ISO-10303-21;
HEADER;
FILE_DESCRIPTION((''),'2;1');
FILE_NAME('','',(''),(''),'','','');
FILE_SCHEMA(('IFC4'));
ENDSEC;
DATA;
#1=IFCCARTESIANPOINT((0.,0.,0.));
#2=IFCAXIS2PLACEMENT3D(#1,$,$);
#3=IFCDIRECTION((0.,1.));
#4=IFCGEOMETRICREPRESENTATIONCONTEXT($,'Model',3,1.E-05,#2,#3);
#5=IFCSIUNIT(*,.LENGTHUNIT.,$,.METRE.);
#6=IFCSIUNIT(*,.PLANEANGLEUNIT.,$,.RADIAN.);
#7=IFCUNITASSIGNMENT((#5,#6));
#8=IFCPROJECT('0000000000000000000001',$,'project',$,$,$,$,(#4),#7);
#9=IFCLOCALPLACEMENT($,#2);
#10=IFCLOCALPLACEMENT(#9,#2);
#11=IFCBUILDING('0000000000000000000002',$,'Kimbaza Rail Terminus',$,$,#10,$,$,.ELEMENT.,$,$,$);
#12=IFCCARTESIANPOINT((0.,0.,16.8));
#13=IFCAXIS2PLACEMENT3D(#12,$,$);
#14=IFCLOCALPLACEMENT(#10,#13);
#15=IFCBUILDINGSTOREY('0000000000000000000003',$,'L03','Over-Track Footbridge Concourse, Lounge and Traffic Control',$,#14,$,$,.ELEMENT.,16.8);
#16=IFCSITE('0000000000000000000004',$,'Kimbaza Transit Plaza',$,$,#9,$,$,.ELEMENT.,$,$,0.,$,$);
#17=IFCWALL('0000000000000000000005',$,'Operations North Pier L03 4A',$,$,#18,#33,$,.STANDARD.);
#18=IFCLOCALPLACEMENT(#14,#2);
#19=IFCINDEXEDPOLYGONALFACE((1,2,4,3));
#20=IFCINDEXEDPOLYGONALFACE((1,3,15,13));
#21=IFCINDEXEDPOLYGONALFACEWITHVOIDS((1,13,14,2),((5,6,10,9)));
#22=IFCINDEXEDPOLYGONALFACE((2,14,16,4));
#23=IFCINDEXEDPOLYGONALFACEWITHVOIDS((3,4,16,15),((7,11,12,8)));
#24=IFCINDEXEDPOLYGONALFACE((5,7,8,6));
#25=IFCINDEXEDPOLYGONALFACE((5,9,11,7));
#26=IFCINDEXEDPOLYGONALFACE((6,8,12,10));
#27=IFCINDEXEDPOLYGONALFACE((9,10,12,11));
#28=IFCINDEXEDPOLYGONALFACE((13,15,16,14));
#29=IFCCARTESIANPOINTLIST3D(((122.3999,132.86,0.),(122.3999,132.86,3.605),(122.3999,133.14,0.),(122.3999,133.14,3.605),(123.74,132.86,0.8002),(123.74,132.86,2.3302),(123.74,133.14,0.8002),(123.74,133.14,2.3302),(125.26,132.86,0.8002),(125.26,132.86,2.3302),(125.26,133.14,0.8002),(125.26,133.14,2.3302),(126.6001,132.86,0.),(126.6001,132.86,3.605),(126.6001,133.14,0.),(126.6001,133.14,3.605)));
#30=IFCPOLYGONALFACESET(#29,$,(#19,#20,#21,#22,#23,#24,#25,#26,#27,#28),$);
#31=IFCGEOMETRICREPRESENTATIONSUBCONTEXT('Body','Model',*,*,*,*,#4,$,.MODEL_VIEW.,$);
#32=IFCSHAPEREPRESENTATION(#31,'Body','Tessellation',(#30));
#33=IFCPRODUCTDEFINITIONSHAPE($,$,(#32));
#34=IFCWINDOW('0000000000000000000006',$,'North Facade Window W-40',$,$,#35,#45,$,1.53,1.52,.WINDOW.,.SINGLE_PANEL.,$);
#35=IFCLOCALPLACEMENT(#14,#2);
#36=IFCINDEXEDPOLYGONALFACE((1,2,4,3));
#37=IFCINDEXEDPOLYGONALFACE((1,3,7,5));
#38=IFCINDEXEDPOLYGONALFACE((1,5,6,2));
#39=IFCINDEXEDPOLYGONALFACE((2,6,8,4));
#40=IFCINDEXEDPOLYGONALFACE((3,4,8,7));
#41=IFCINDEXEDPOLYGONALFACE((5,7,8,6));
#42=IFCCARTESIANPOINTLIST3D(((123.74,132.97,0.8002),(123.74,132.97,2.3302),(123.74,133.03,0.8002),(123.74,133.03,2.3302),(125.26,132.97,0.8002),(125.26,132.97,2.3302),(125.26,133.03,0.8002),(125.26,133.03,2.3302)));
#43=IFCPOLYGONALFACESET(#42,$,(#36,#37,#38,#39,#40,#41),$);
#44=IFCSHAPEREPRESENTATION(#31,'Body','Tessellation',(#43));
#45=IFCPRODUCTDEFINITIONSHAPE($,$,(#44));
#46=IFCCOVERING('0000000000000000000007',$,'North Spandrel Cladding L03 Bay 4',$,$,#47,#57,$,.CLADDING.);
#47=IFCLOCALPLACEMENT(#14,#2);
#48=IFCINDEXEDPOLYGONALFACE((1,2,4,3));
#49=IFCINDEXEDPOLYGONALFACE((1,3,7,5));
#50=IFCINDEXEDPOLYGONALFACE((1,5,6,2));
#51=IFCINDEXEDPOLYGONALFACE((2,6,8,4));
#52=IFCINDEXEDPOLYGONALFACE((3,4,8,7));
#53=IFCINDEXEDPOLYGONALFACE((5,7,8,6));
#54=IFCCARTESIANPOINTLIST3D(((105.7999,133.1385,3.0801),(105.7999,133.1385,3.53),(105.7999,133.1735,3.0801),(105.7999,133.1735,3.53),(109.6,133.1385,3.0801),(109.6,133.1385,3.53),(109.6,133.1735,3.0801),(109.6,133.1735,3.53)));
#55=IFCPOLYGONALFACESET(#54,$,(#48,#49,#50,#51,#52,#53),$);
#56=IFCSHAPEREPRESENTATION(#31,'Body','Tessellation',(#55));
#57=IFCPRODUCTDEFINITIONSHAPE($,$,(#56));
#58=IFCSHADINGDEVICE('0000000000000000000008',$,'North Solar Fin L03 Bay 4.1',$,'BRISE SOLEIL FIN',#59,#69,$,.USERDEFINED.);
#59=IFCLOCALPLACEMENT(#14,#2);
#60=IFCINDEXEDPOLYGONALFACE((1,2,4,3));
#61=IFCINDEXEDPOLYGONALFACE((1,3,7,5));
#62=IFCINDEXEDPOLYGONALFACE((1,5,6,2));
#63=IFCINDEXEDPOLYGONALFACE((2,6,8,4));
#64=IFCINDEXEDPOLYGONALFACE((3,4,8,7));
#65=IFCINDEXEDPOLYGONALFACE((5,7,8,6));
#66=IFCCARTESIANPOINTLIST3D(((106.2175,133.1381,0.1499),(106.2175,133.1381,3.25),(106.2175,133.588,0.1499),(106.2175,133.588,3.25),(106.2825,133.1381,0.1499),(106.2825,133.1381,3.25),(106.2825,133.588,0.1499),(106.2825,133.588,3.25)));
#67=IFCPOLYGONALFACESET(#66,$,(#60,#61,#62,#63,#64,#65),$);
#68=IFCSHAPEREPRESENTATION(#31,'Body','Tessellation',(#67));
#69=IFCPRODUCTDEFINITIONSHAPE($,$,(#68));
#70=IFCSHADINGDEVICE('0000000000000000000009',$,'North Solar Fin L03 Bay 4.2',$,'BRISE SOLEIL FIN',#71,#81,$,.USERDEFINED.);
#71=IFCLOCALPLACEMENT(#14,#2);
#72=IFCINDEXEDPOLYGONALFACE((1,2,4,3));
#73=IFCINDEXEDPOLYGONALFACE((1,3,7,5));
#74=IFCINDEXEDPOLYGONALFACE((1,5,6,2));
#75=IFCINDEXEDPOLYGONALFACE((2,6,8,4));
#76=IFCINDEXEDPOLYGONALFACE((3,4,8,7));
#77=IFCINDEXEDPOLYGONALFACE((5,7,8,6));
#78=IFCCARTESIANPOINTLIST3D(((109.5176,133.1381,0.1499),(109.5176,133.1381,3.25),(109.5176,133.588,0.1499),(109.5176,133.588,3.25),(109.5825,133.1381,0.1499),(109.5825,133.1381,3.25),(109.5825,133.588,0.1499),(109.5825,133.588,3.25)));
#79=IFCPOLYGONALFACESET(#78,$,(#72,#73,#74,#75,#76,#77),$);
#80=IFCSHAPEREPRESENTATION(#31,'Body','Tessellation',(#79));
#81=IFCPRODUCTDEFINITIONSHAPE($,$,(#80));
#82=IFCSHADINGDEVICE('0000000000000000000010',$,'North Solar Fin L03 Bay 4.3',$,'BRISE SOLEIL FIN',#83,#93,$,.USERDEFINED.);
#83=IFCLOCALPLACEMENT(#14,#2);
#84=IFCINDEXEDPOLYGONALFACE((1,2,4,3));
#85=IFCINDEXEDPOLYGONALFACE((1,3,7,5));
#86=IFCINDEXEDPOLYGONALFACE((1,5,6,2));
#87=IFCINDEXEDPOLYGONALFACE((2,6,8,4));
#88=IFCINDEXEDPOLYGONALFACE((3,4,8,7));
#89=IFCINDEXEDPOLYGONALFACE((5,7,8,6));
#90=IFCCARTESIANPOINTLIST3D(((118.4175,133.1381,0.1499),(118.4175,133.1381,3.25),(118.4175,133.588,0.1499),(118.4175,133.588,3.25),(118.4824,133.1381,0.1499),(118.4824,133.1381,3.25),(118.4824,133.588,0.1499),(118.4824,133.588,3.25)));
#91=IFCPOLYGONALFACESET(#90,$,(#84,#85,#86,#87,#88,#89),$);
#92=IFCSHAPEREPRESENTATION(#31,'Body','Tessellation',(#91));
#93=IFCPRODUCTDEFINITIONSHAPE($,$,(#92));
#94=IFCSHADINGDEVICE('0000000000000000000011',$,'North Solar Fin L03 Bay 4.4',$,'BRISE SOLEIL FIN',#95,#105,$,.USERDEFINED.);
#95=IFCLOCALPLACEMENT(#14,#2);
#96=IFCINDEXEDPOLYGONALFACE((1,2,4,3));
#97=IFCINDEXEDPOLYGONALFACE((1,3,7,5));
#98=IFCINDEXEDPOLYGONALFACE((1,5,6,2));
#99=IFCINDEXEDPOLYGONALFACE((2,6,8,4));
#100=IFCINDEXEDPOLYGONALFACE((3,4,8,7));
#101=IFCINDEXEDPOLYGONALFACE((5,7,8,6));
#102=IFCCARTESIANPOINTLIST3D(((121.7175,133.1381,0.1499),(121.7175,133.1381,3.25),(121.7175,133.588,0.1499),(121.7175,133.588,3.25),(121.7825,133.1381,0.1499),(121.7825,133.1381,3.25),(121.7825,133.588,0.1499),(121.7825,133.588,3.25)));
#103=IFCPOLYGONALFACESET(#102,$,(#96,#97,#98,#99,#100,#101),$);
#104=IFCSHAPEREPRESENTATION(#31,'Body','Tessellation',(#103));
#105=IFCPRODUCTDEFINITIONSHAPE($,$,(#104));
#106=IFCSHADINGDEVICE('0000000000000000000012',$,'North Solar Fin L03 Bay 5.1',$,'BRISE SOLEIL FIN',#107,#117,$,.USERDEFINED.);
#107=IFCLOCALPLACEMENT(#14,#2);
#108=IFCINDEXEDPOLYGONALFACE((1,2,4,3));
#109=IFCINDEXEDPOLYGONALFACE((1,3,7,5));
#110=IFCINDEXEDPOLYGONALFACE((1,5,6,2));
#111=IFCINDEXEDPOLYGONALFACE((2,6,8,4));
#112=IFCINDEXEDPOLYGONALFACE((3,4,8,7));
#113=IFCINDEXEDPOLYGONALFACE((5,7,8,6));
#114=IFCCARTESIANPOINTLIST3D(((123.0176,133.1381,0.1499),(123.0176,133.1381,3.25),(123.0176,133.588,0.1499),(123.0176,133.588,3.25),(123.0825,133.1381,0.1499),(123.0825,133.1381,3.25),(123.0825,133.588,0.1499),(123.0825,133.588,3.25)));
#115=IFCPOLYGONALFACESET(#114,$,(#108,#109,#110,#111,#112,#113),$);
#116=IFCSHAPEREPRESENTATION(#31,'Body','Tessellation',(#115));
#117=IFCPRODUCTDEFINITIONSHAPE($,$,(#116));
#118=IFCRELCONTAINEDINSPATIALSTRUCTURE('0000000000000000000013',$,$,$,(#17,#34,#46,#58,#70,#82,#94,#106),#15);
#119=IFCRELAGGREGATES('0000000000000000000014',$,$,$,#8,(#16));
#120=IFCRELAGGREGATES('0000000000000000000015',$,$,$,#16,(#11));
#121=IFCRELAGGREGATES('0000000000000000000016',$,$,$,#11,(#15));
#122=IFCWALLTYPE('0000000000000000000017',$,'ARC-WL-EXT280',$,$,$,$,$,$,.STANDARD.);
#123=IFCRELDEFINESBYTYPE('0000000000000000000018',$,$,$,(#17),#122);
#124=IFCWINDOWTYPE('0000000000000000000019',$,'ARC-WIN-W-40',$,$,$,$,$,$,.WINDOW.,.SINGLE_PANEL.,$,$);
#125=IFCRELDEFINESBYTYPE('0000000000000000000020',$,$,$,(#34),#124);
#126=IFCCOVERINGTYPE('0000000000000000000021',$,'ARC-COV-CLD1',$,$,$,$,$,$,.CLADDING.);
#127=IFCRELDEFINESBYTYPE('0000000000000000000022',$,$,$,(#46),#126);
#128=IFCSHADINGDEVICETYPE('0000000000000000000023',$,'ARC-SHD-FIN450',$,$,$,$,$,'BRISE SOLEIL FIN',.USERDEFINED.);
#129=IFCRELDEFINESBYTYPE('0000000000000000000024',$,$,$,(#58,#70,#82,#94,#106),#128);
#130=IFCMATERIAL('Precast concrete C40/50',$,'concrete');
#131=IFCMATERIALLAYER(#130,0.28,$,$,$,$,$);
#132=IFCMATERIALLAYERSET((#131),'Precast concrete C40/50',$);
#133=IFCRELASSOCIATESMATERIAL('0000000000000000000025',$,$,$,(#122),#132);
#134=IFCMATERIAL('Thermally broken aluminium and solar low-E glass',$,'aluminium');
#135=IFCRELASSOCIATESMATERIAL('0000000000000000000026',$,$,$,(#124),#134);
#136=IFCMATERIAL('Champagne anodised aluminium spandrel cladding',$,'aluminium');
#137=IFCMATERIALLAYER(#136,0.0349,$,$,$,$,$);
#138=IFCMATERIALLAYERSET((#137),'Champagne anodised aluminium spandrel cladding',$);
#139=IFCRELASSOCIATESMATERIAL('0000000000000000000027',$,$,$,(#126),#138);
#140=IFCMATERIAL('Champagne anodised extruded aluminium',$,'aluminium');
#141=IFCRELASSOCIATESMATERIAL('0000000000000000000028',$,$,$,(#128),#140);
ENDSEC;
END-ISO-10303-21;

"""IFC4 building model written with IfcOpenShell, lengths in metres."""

from ifc_helpers import new_model, si_unit, direction, frame, frame_2d, origin, origin_2d, place, context, subcontext, project, spatial, rectangle, extrude, material, layer, layer_set, type_object, element, fill, save


model = new_model("IFC4")

# Units and contexts
model_context = context("Model", 3, precision=1e-05, world=origin(), true_north=direction((0.0, 1.0)))
body_context = subcontext(model_context, "Body", "Model", "MODEL_VIEW")
ifc_project = project(units=[si_unit("LENGTHUNIT", "METRE"), si_unit("PLANEANGLEUNIT", "RADIAN")], contexts=[model_context])

# Site, building, storey
site_placement = place(None, origin())
site = spatial("IfcSite", under=ifc_project, at=site_placement, Name="Kimbaza Transit Plaza", CompositionType="ELEMENT", RefElevation=0.0)
building_placement = place(site_placement, origin())
building = spatial("IfcBuilding", under=site, at=building_placement, Name="Kimbaza Rail Terminus", CompositionType="ELEMENT")
storey_placement = place(building_placement, frame((0.0, 0.0, 16.8)))
storey = spatial("IfcBuildingStorey", under=building, at=storey_placement, Name="L03", Description="Over-Track Footbridge Concourse, Lounge and Traffic Control", CompositionType="ELEMENT", Elevation=16.8)

# Wall, opening, window
ifc_material_1 = material(Name="Precast concrete C40/50", Category="concrete")
ifc_layer_1 = layer(ifc_material_1, 0.28)
ifc_layer_set_1 = layer_set([ifc_layer_1], Name="Precast concrete C40/50")
wall_type = type_object("IfcWallType", Name="ARC-WL-EXT280", PredefinedType="STANDARD", material=ifc_layer_set_1)
wall_1_placement = place(storey_placement, frame((122.3999, 133.0, 0.0), z_axis=(0.0, 0.0, 1.0), x_axis=(1.0, 0.0, 0.0)))
wall_1 = element("IfcWall", 1, at=wall_1_placement, inside=storey, type_object=wall_type, Name="Operations North Pier L03 4A", PredefinedType="STANDARD", context=body_context, shape_type="SweptSolid", body=[
    extrude(rectangle(XDim=4.2002, YDim=0.28, at=frame_2d((2.1001, 0.0))), origin(), (0.0, 0.0, 1.0), 3.605),
])
opening_1_placement = place(wall_1_placement, frame((1.3401, 0.0, 0.8)))
opening_1 = element("IfcOpeningElement", 2, at=opening_1_placement, cuts=wall_1, PredefinedType="OPENING", context=body_context, shape_type="SweptSolid", body=[
    extrude(rectangle(XDim=1.52, YDim=1.53, at=frame_2d((0.76, 0.7651))), frame((0.0, 0.1499, 0.0), z_axis=(0.0, -1.0, 0.0), x_axis=(1.0, 0.0, 0.0)), (0.0, 0.0, 1.0), 0.3),
])
ifc_material_2 = material(Name="Thermally broken aluminium and solar low-E glass", Category="aluminium")
window_type_1 = type_object("IfcWindowType", Name="ARC-WIN-W-40", PartitioningType="SINGLE_PANEL", PredefinedType="WINDOW", material=ifc_material_2)
window_1_placement = place(opening_1_placement, origin())
window_1 = element("IfcWindow", 3, at=window_1_placement, inside=storey, type_object=window_type_1, Name="North Facade Window W-40", OverallHeight=1.53, OverallWidth=1.52, PartitioningType="SINGLE_PANEL", PredefinedType="WINDOW", context=body_context, shape_type="SweptSolid", body=[
    extrude(rectangle(XDim=1.52, YDim=1.53, at=frame_2d((0.76, 0.7651))), frame((0.0, 0.03, 0.0), z_axis=(0.0, -1.0, 0.0), x_axis=(1.0, 0.0, 0.0)), (0.0, 0.0, 1.0), 0.0601),
])
fill(opening_1, window_1)

# Covering
ifc_material_3 = material(Name="Champagne anodised aluminium spandrel cladding", Category="aluminium")
ifc_layer_2 = layer(ifc_material_3, 0.0349)
ifc_layer_set_2 = layer_set([ifc_layer_2], Name="Champagne anodised aluminium spandrel cladding")
covering_type = type_object("IfcCoveringType", Name="ARC-COV-CLD1", PredefinedType="CLADDING", material=ifc_layer_set_2)
covering_placement = place(storey_placement, frame((107.7, 133.156, 3.0801), z_axis=(0.0, 0.0, 1.0), x_axis=(1.0, 0.0, 0.0)))
element("IfcCovering", 4, at=covering_placement, inside=storey, type_object=covering_type, Name="North Spandrel Cladding L03 Bay 4", PredefinedType="CLADDING", context=body_context, shape_type="SweptSolid", body=[
    extrude(rectangle(XDim=3.8, YDim=0.0349, at=origin_2d()), origin(), (0.0, 0.0, 1.0), 0.45),
])

# Shading devices
ifc_material_4 = material(Name="Champagne anodised extruded aluminium", Category="aluminium")
shading_device_type = type_object("IfcShadingDeviceType", Name="ARC-SHD-FIN450", ElementType="BRISE SOLEIL FIN", PredefinedType="USERDEFINED", material=ifc_material_4)
for number, where, z_axis, x_axis, name in (
    (5, (106.25, 133.363, 0.1499), (0.0, 0.0, 1.0), (1.0, 0.0, 0.0), "North Solar Fin L03 Bay 4.1"),
    (6, (109.55, 133.363, 0.1499), (0.0, 0.0, 1.0), (1.0, 0.0, 0.0), "North Solar Fin L03 Bay 4.2"),
    (7, (118.45, 133.363, 0.1499), (0.0, 0.0, 1.0), (1.0, 0.0, 0.0), "North Solar Fin L03 Bay 4.3"),
    (8, (121.75, 133.363, 0.1499), (0.0, 0.0, 1.0), (1.0, 0.0, 0.0), "North Solar Fin L03 Bay 4.4"),
    (9, (123.05, 133.363, 0.1499), (0.0, 0.0, 1.0), (1.0, 0.0, 0.0), "North Solar Fin L03 Bay 5.1"),
):
    element("IfcShadingDevice", number, at=place(storey_placement, frame(where, z_axis=z_axis, x_axis=x_axis)), inside=storey, type_object=shading_device_type, Name=name, ObjectType="BRISE SOLEIL FIN", PredefinedType="USERDEFINED", context=body_context, shape_type="SweptSolid", body=[
        extrude(rectangle(XDim=0.0649, YDim=0.45, at=origin_2d()), origin(), (0.0, 0.0, 1.0), 3.1001),
    ])

save(model, "model.ifc")
